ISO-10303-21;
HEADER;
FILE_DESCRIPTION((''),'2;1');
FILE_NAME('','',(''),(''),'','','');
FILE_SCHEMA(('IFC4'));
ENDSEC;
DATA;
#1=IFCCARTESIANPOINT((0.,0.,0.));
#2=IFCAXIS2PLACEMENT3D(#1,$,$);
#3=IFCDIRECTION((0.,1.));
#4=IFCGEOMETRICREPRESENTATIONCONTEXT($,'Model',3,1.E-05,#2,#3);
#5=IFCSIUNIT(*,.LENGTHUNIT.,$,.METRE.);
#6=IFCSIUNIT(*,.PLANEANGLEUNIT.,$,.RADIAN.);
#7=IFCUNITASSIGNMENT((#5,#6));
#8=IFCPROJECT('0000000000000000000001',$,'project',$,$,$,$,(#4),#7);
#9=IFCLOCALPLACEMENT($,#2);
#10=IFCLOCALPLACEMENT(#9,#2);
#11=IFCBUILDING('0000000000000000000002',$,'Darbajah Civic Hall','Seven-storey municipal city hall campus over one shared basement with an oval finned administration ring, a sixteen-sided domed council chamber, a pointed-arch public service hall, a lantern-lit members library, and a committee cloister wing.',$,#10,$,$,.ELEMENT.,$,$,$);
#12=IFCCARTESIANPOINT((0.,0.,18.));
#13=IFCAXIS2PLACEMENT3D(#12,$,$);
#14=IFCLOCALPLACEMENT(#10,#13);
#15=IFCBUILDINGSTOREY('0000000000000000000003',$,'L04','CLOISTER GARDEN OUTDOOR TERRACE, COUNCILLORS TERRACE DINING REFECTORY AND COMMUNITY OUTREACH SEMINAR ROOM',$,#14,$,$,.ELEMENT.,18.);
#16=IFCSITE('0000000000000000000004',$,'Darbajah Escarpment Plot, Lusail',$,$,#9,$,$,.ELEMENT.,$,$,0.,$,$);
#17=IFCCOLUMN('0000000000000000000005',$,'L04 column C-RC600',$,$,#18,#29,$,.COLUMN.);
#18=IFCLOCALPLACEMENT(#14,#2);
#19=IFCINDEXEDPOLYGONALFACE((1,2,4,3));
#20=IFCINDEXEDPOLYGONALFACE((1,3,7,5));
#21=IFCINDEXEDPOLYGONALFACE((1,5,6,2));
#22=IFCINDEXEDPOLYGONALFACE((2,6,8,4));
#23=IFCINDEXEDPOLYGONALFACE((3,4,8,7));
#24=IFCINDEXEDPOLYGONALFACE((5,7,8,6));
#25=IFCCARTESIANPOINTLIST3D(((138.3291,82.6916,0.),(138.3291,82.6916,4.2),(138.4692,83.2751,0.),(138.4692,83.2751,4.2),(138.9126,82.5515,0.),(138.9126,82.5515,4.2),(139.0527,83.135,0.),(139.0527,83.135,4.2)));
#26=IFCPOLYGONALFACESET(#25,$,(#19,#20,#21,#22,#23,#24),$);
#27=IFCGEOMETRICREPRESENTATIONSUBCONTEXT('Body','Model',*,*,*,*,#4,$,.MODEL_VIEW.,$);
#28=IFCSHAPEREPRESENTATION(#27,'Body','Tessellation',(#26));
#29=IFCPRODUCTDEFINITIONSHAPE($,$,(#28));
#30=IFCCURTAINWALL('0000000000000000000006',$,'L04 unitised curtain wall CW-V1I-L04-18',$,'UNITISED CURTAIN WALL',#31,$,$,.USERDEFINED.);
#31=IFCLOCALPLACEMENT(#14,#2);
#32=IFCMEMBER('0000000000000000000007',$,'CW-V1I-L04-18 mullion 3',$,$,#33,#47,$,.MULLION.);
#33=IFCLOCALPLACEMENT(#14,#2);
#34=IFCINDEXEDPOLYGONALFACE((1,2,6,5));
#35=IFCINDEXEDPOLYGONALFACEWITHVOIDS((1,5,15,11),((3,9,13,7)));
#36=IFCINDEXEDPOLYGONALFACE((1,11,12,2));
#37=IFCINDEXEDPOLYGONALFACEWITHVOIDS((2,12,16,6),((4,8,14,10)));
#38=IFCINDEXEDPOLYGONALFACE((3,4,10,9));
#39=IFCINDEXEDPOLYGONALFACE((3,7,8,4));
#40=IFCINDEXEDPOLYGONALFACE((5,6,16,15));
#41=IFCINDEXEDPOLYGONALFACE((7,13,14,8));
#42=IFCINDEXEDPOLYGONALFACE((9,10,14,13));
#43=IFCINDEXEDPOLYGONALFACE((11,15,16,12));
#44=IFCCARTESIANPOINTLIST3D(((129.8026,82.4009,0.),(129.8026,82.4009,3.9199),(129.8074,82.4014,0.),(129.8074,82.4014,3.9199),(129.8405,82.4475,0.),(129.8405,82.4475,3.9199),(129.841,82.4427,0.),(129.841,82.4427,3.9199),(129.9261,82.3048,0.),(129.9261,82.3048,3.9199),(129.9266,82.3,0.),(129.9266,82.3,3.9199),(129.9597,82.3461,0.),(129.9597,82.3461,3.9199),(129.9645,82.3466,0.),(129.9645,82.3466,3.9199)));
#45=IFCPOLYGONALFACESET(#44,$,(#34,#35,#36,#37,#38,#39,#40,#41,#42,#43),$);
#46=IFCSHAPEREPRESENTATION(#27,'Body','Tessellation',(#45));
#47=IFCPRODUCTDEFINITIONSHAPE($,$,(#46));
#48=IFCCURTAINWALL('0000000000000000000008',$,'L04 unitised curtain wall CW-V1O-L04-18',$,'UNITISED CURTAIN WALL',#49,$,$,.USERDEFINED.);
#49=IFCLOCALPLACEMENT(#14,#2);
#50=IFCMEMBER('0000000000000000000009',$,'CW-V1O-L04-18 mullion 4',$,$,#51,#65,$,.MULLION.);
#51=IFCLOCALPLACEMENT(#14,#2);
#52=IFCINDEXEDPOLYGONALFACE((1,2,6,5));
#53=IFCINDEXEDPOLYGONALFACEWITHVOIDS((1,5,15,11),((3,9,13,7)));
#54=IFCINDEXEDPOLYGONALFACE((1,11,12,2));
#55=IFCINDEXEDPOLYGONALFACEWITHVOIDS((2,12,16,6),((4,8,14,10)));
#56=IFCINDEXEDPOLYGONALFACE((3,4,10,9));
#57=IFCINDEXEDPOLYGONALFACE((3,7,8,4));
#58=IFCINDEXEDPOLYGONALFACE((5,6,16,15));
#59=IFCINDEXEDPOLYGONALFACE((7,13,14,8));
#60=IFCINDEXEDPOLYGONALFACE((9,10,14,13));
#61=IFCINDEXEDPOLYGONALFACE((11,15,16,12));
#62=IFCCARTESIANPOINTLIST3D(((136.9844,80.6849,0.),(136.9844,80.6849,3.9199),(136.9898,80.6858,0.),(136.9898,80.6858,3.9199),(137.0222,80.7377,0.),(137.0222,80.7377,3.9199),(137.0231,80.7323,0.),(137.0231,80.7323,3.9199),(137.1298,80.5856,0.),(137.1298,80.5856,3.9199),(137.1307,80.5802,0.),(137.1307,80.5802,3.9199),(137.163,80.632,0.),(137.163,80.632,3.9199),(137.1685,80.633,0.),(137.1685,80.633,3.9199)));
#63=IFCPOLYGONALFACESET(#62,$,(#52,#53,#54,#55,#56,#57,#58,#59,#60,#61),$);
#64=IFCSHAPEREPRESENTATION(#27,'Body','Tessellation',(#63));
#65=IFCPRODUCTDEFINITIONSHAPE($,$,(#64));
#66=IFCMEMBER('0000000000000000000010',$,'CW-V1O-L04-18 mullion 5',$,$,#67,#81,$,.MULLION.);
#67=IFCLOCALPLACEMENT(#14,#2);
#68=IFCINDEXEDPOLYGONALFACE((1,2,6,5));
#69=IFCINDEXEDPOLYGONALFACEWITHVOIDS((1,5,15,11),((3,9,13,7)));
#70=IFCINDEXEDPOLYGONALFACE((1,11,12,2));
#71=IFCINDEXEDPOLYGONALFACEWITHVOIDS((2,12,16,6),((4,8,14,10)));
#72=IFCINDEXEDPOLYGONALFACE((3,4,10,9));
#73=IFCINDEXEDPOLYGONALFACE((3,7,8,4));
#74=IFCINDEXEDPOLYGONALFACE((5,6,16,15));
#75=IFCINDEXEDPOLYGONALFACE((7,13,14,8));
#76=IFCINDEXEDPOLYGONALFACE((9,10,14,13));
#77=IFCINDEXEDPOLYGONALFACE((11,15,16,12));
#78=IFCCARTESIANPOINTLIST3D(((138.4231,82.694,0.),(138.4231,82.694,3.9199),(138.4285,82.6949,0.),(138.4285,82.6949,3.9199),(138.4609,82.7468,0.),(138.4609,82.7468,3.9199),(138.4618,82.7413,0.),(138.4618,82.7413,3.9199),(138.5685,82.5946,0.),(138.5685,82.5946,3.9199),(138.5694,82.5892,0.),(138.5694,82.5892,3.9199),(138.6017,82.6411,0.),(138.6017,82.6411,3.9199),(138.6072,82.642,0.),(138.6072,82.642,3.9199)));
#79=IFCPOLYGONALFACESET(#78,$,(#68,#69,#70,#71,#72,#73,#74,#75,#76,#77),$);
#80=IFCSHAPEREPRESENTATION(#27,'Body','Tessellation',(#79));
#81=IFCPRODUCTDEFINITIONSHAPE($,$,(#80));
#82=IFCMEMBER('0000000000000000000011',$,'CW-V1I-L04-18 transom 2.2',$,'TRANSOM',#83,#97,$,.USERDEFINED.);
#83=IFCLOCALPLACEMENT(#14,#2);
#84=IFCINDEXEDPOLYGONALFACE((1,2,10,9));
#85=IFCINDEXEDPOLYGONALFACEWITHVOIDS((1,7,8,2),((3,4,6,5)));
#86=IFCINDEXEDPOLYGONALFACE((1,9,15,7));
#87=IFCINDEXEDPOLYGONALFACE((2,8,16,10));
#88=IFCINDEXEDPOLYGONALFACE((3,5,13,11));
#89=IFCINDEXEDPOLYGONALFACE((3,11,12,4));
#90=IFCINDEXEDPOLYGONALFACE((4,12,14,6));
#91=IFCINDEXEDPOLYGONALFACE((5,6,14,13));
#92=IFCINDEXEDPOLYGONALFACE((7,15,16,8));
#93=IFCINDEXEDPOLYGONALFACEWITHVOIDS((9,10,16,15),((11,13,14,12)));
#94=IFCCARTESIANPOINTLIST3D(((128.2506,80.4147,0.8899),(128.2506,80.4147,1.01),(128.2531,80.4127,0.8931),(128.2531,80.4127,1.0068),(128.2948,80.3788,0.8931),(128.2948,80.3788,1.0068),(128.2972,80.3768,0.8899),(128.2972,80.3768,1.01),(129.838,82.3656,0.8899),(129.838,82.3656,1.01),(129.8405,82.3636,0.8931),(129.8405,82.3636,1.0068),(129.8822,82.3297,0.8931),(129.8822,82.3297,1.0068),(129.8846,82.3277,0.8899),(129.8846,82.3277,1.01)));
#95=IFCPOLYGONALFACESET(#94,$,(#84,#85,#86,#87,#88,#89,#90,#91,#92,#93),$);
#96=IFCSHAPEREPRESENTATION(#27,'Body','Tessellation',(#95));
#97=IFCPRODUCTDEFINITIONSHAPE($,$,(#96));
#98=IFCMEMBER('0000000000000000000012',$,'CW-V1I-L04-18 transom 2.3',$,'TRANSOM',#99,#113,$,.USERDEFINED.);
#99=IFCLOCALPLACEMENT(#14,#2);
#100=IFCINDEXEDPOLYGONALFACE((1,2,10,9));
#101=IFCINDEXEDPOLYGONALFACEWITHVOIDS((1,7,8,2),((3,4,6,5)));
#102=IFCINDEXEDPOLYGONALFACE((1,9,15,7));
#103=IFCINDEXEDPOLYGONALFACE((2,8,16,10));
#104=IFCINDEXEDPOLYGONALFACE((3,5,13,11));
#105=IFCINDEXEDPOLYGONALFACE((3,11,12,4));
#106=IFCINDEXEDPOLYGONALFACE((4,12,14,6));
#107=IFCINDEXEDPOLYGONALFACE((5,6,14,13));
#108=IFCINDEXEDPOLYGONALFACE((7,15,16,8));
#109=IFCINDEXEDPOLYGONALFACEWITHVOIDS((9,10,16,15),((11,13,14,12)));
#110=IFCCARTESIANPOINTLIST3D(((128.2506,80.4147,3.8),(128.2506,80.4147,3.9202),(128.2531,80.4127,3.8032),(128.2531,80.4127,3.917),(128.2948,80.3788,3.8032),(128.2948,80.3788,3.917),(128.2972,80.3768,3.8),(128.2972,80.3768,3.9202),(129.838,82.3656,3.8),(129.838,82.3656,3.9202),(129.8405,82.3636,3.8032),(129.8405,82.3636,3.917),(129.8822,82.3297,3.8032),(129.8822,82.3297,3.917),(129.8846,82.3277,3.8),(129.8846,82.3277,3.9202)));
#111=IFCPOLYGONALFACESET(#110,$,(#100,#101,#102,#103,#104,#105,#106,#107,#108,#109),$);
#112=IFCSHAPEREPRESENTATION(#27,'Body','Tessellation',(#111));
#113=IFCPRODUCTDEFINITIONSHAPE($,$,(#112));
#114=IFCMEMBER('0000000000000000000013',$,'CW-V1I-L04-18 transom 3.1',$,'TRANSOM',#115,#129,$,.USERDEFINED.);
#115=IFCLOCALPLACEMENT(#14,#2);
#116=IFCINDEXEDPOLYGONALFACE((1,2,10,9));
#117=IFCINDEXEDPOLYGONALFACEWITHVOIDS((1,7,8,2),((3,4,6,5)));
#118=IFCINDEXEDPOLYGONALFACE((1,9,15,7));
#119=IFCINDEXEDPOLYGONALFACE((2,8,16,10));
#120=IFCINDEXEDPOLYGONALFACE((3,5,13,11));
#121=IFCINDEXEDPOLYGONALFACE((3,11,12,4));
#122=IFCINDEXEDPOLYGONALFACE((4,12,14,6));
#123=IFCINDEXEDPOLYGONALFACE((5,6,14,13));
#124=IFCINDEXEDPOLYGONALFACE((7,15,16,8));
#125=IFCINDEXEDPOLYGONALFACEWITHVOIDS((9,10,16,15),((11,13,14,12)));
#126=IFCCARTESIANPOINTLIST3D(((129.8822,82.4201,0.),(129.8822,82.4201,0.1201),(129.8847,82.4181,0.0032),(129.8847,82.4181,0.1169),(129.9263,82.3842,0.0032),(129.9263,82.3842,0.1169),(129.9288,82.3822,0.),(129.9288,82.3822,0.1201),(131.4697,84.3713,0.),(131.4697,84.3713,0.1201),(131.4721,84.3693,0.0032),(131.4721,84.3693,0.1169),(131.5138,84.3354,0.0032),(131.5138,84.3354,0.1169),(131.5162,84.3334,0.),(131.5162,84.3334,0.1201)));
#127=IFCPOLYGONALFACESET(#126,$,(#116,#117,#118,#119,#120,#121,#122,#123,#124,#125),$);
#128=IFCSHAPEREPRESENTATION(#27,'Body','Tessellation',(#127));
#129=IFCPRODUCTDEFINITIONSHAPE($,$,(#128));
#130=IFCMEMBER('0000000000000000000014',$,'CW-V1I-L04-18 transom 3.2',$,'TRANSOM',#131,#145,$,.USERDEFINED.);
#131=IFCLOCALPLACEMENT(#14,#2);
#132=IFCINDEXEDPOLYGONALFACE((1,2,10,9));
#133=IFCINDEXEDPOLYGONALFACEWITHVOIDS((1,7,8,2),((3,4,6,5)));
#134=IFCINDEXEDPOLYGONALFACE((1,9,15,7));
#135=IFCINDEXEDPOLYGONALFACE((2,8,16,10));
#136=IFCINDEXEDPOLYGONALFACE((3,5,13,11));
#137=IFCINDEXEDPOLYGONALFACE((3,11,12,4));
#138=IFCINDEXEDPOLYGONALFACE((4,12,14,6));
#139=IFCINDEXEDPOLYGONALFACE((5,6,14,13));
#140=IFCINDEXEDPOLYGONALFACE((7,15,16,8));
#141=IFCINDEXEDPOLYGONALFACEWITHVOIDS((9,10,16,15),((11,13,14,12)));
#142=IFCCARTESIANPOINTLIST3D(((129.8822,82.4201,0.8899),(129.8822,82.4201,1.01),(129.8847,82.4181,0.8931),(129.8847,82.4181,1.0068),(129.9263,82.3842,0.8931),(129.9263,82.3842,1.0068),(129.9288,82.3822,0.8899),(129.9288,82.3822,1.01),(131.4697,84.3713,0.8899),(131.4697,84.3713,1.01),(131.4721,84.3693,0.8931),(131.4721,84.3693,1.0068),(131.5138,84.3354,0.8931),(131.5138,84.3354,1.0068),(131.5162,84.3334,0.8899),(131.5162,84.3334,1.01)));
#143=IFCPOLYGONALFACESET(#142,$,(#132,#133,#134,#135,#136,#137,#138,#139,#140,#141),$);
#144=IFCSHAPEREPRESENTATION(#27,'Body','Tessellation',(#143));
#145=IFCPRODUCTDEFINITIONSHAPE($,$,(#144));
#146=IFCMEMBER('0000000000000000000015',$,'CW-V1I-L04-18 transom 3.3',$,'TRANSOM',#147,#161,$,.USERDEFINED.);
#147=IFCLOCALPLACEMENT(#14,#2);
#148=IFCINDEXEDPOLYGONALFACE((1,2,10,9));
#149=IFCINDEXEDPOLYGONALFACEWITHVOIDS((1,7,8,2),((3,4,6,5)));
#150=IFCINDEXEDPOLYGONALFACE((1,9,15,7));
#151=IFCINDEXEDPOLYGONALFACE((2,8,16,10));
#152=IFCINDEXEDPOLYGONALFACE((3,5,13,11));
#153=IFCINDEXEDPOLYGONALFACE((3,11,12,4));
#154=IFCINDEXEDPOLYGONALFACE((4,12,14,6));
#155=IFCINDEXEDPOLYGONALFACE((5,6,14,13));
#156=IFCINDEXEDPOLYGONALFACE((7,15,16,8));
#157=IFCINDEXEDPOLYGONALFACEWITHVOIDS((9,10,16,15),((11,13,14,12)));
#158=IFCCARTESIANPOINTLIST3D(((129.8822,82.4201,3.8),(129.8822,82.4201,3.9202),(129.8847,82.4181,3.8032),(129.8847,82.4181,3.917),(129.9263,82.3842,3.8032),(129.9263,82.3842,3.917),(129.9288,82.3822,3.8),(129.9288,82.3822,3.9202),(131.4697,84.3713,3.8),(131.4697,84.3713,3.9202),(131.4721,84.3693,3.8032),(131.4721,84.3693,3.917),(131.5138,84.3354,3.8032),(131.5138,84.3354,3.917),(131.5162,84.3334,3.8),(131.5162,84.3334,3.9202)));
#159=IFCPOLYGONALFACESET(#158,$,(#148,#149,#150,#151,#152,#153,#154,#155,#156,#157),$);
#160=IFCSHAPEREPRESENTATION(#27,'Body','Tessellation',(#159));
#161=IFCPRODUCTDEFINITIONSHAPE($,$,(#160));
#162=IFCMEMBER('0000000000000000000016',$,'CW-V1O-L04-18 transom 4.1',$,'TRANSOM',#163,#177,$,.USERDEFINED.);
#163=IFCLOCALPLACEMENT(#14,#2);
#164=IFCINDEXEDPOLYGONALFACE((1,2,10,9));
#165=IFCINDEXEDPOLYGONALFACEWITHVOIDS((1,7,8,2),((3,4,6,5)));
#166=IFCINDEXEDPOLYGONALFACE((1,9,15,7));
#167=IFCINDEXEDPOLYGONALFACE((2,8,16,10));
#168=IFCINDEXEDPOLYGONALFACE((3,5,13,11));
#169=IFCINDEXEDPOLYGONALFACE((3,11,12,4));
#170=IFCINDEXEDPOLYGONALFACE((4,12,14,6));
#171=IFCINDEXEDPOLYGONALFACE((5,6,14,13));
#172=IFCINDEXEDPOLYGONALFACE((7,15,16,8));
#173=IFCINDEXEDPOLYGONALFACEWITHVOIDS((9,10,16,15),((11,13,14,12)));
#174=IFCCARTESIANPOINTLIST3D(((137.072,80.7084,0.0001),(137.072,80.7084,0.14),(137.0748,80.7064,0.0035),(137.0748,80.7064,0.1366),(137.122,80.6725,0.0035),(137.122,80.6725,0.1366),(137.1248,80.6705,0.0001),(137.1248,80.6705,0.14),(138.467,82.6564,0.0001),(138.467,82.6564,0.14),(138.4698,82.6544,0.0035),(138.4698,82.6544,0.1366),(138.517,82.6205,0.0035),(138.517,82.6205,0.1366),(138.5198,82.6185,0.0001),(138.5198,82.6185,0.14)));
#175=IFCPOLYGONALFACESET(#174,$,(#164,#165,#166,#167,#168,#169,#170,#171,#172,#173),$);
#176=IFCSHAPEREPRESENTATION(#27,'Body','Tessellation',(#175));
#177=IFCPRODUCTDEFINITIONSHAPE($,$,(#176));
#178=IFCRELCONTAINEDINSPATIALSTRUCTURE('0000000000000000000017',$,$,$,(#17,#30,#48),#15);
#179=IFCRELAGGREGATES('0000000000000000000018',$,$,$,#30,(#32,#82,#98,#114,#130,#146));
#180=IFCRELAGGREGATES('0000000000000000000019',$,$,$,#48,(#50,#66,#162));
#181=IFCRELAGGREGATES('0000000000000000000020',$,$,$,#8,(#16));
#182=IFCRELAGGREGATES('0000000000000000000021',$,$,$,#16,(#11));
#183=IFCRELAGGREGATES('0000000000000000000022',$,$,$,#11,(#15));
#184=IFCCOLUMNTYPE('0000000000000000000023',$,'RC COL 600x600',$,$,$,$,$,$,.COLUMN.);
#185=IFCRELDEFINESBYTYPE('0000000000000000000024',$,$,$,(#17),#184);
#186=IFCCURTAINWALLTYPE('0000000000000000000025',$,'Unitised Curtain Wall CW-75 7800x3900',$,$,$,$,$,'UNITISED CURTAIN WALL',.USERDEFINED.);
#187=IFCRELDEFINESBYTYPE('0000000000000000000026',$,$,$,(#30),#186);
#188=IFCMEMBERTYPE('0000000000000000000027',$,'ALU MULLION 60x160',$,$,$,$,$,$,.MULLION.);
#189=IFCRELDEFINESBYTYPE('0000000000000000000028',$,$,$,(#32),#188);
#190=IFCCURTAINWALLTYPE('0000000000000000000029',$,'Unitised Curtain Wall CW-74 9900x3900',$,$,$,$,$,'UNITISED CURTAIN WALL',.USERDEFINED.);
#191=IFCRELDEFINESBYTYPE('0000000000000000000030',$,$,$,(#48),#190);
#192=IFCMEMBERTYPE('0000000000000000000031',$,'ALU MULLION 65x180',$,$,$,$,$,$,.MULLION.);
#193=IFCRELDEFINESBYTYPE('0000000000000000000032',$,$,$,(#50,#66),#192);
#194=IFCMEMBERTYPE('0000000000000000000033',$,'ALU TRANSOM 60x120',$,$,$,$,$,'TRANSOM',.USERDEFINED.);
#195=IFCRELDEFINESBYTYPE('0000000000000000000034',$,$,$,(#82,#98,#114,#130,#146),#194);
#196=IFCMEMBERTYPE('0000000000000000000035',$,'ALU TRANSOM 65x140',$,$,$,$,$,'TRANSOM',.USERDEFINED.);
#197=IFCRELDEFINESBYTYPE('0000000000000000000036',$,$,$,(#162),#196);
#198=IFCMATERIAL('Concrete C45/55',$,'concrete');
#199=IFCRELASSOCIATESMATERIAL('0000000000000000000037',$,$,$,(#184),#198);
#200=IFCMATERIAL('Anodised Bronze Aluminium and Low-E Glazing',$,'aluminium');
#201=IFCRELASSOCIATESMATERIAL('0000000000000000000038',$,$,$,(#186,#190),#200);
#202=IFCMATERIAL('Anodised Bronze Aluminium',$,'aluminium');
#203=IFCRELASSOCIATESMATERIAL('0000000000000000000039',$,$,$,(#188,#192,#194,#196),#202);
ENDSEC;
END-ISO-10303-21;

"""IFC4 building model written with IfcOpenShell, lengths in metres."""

from ifc_helpers import new_model, si_unit, direction, frame, origin, origin_2d, place, context, subcontext, project, spatial, rectangle, hollow_rectangle, extrude, material, material_profile, profile_set, type_object, element, aggregate, save


model = new_model("IFC4")

# Units and contexts
model_context = context("Model", 3, precision=1e-05, world=origin(), true_north=direction((0.0, 1.0)))
body_context = subcontext(model_context, "Body", "Model", "MODEL_VIEW")
ifc_project = project(units=[si_unit("LENGTHUNIT", "METRE"), si_unit("PLANEANGLEUNIT", "RADIAN")], contexts=[model_context])

# Site, building, storey
site_placement = place(None, origin())
site = spatial("IfcSite", under=ifc_project, at=site_placement, Name="Darbajah Escarpment Plot, Lusail", CompositionType="ELEMENT", RefElevation=0.0)
building_placement = place(site_placement, origin())
building = spatial("IfcBuilding", under=site, at=building_placement, Name="Darbajah Civic Hall", Description="Seven-storey municipal city hall campus over one shared basement with an oval finned administration ring, a sixteen-sided domed council chamber, a pointed-arch public service hall, a lantern-lit members library, and a committee cloister wing.", CompositionType="ELEMENT")
storey_placement = place(building_placement, frame((0.0, 0.0, 18.0)))
storey = spatial("IfcBuildingStorey", under=building, at=storey_placement, Name="L04", Description="CLOISTER GARDEN OUTDOOR TERRACE, COUNCILLORS TERRACE DINING REFECTORY AND COMMUNITY OUTREACH SEMINAR ROOM", CompositionType="ELEMENT", Elevation=18.0)

# Column
ifc_material_1 = material(Name="Concrete C45/55", Category="concrete")
ifc_material_profile_1 = material_profile(ifc_material_1, rectangle(XDim=0.6001, YDim=0.6001, at=origin_2d()), Name="RC COL 600x600")
ifc_profile_set_1 = profile_set([ifc_material_profile_1], Name="Concrete C45/55")
column_type = type_object("IfcColumnType", Name="RC COL 600x600", PredefinedType="COLUMN", material=ifc_profile_set_1)
column_placement = place(storey_placement, frame((138.6909, 82.9133, 0.0), z_axis=(0.0, 0.0, 1.0), x_axis=(0.97237, -0.233445, 0.0)))
element("IfcColumn", 1, at=column_placement, inside=storey, type_object=column_type, Name="L04 column C-RC600", PredefinedType="COLUMN", context=body_context, shape_type="SweptSolid", body=[
    extrude(rectangle(XDim=0.6001, YDim=0.6001, at=origin_2d()), origin(), (0.0, 0.0, 1.0), 4.2),
])

# Curtain wall, member
ifc_material_2 = material(Name="Anodised Bronze Aluminium and Low-E Glazing", Category="aluminium")
curtain_wall_type_1 = type_object("IfcCurtainWallType", Name="Unitised Curtain Wall CW-75 7800x3900", ElementType="UNITISED CURTAIN WALL", PredefinedType="USERDEFINED", material=ifc_material_2)
curtain_wall_1_placement = place(storey_placement, origin())
curtain_wall_1 = element("IfcCurtainWall", 2, at=curtain_wall_1_placement, inside=storey, type_object=curtain_wall_type_1, Name="L04 unitised curtain wall CW-V1I-L04-18", ObjectType="UNITISED CURTAIN WALL", PredefinedType="USERDEFINED")
ifc_material_3 = material(Name="Anodised Bronze Aluminium", Category="aluminium")
ifc_material_profile_2 = material_profile(ifc_material_3, hollow_rectangle(XDim=0.0601, YDim=0.1599, WallThickness=0.0034, at=origin_2d()), Name="ALU MULLION 60x160")
ifc_profile_set_2 = profile_set([ifc_material_profile_2], Name="Anodised Bronze Aluminium")
member_type_1 = type_object("IfcMemberType", Name="ALU MULLION 60x160", PredefinedType="MULLION", material=ifc_profile_set_2)
member_1_placement = place(storey_placement, frame((129.8835, 82.3738, 0.0), z_axis=(0.0, 0.0, 1.0), x_axis=(0.631082, 0.775716, 0.0)))
member_1 = element("IfcMember", 3, at=member_1_placement, type_object=member_type_1, Name="CW-V1I-L04-18 mullion 3", PredefinedType="MULLION", context=body_context, shape_type="SweptSolid", body=[
    extrude(hollow_rectangle(XDim=0.0601, YDim=0.1599, WallThickness=0.0034, at=origin_2d()), origin(), (0.0, 0.0, 1.0), 3.9199),
])

# Curtain wall, members
curtain_wall_type_2 = type_object("IfcCurtainWallType", Name="Unitised Curtain Wall CW-74 9900x3900", ElementType="UNITISED CURTAIN WALL", PredefinedType="USERDEFINED", material=ifc_material_2)
curtain_wall_2_placement = place(storey_placement, origin())
curtain_wall_2 = element("IfcCurtainWall", 4, at=curtain_wall_2_placement, inside=storey, type_object=curtain_wall_type_2, Name="L04 unitised curtain wall CW-V1O-L04-18", ObjectType="UNITISED CURTAIN WALL", PredefinedType="USERDEFINED")
ifc_material_profile_3 = material_profile(ifc_material_3, hollow_rectangle(XDim=0.0649, YDim=0.1799, WallThickness=0.0039, at=origin_2d()), Name="ALU MULLION 65x180")
ifc_profile_set_3 = profile_set([ifc_material_profile_3], Name="Anodised Bronze Aluminium")
member_type_2 = type_object("IfcMemberType", Name="ALU MULLION 65x180", PredefinedType="MULLION", material=ifc_profile_set_3)
member_2_placement = place(storey_placement, frame((137.0764, 80.6589, 0.0), z_axis=(0.0, 0.0, 1.0), x_axis=(0.582265, 0.812999, 0.0)))
member_2 = element("IfcMember", 5, at=member_2_placement, type_object=member_type_2, Name="CW-V1O-L04-18 mullion 4", PredefinedType="MULLION", context=body_context, shape_type="SweptSolid", body=[
    extrude(hollow_rectangle(XDim=0.0649, YDim=0.1799, WallThickness=0.0039, at=origin_2d()), origin(), (0.0, 0.0, 1.0), 3.9199),
])
member_3_placement = place(storey_placement, frame((138.5151, 82.668, 0.0), z_axis=(0.0, 0.0, 1.0), x_axis=(0.582265, 0.812999, 0.0)))
member_3 = element("IfcMember", 6, at=member_3_placement, type_object=member_type_2, Name="CW-V1O-L04-18 mullion 5", PredefinedType="MULLION", context=body_context, shape_type="SweptSolid", body=[
    extrude(hollow_rectangle(XDim=0.0649, YDim=0.1799, WallThickness=0.0039, at=origin_2d()), origin(), (0.0, 0.0, 1.0), 3.9199),
])

# Members
ifc_material_profile_4 = material_profile(ifc_material_3, hollow_rectangle(XDim=0.0601, YDim=0.1201, WallThickness=0.0032, at=origin_2d()), Name="ALU TRANSOM 60x120")
ifc_profile_set_4 = profile_set([ifc_material_profile_4], Name="Anodised Bronze Aluminium")
member_type_3 = type_object("IfcMemberType", Name="ALU TRANSOM 60x120", ElementType="TRANSOM", PredefinedType="USERDEFINED", material=ifc_profile_set_4)
member_4_placement = place(storey_placement, frame((128.2739, 80.3958, 0.95), z_axis=(0.631137, 0.775671, 0.0), x_axis=(-0.775671, 0.631137, 0.0)))
member_4 = element("IfcMember", 7, at=member_4_placement, type_object=member_type_3, Name="CW-V1I-L04-18 transom 2.2", ObjectType="TRANSOM", PredefinedType="USERDEFINED", context=body_context, shape_type="SweptSolid", body=[
    extrude(hollow_rectangle(XDim=0.0601, YDim=0.1201, WallThickness=0.0032, at=origin_2d()), origin(), (0.0, 0.0, 1.0), 2.5151),
])
member_5_placement = place(storey_placement, frame((128.2739, 80.3958, 3.8601), z_axis=(0.631137, 0.775671, 0.0), x_axis=(-0.775671, 0.631137, 0.0)))
member_5 = element("IfcMember", 8, at=member_5_placement, type_object=member_type_3, Name="CW-V1I-L04-18 transom 2.3", ObjectType="TRANSOM", PredefinedType="USERDEFINED", context=body_context, shape_type="SweptSolid", body=[
    extrude(hollow_rectangle(XDim=0.0601, YDim=0.1201, WallThickness=0.0032, at=origin_2d()), origin(), (0.0, 0.0, 1.0), 2.5151),
])
member_6_placement = place(storey_placement, frame((129.9055, 82.4011, 0.0601), z_axis=(0.631089, 0.77571, 0.0), x_axis=(-0.77571, 0.631089, 0.0)))
member_6 = element("IfcMember", 9, at=member_6_placement, type_object=member_type_3, Name="CW-V1I-L04-18 transom 3.1", ObjectType="TRANSOM", PredefinedType="USERDEFINED", context=body_context, shape_type="SweptSolid", body=[
    extrude(hollow_rectangle(XDim=0.0601, YDim=0.1201, WallThickness=0.0032, at=origin_2d()), origin(), (0.0, 0.0, 1.0), 2.5154),
])
member_7_placement = place(storey_placement, frame((129.9055, 82.4011, 0.95), z_axis=(0.631089, 0.77571, 0.0), x_axis=(-0.77571, 0.631089, 0.0)))
member_7 = element("IfcMember", 10, at=member_7_placement, type_object=member_type_3, Name="CW-V1I-L04-18 transom 3.2", ObjectType="TRANSOM", PredefinedType="USERDEFINED", context=body_context, shape_type="SweptSolid", body=[
    extrude(hollow_rectangle(XDim=0.0601, YDim=0.1201, WallThickness=0.0032, at=origin_2d()), origin(), (0.0, 0.0, 1.0), 2.5154),
])
member_8_placement = place(storey_placement, frame((129.9055, 82.4011, 3.8601), z_axis=(0.631089, 0.77571, 0.0), x_axis=(-0.77571, 0.631089, 0.0)))
member_8 = element("IfcMember", 11, at=member_8_placement, type_object=member_type_3, Name="CW-V1I-L04-18 transom 3.3", ObjectType="TRANSOM", PredefinedType="USERDEFINED", context=body_context, shape_type="SweptSolid", body=[
    extrude(hollow_rectangle(XDim=0.0601, YDim=0.1201, WallThickness=0.0032, at=origin_2d()), origin(), (0.0, 0.0, 1.0), 2.5154),
])
ifc_material_profile_5 = material_profile(ifc_material_3, hollow_rectangle(XDim=0.0649, YDim=0.1399, WallThickness=0.0034, at=origin_2d()), Name="ALU TRANSOM 65x140")
ifc_profile_set_5 = profile_set([ifc_material_profile_5], Name="Anodised Bronze Aluminium")
member_type_4 = type_object("IfcMemberType", Name="ALU TRANSOM 65x140", ElementType="TRANSOM", PredefinedType="USERDEFINED", material=ifc_profile_set_5)
member_9_placement = place(storey_placement, frame((137.0984, 80.6895, 0.0701), z_axis=(0.582231, 0.813024, 0.0), x_axis=(-0.813024, 0.582231, 0.0)))
member_9 = element("IfcMember", 12, at=member_9_placement, type_object=member_type_4, Name="CW-V1O-L04-18 transom 4.1", ObjectType="TRANSOM", PredefinedType="USERDEFINED", context=body_context, shape_type="SweptSolid", body=[
    extrude(hollow_rectangle(XDim=0.0649, YDim=0.1399, WallThickness=0.0034, at=origin_2d()), origin(), (0.0, 0.0, 1.0), 2.396),
])

aggregate(curtain_wall_1, [member_1, member_4, member_5, member_6, member_7, member_8])
aggregate(curtain_wall_2, [member_2, member_3, member_9])

save(model, "model.ifc")
